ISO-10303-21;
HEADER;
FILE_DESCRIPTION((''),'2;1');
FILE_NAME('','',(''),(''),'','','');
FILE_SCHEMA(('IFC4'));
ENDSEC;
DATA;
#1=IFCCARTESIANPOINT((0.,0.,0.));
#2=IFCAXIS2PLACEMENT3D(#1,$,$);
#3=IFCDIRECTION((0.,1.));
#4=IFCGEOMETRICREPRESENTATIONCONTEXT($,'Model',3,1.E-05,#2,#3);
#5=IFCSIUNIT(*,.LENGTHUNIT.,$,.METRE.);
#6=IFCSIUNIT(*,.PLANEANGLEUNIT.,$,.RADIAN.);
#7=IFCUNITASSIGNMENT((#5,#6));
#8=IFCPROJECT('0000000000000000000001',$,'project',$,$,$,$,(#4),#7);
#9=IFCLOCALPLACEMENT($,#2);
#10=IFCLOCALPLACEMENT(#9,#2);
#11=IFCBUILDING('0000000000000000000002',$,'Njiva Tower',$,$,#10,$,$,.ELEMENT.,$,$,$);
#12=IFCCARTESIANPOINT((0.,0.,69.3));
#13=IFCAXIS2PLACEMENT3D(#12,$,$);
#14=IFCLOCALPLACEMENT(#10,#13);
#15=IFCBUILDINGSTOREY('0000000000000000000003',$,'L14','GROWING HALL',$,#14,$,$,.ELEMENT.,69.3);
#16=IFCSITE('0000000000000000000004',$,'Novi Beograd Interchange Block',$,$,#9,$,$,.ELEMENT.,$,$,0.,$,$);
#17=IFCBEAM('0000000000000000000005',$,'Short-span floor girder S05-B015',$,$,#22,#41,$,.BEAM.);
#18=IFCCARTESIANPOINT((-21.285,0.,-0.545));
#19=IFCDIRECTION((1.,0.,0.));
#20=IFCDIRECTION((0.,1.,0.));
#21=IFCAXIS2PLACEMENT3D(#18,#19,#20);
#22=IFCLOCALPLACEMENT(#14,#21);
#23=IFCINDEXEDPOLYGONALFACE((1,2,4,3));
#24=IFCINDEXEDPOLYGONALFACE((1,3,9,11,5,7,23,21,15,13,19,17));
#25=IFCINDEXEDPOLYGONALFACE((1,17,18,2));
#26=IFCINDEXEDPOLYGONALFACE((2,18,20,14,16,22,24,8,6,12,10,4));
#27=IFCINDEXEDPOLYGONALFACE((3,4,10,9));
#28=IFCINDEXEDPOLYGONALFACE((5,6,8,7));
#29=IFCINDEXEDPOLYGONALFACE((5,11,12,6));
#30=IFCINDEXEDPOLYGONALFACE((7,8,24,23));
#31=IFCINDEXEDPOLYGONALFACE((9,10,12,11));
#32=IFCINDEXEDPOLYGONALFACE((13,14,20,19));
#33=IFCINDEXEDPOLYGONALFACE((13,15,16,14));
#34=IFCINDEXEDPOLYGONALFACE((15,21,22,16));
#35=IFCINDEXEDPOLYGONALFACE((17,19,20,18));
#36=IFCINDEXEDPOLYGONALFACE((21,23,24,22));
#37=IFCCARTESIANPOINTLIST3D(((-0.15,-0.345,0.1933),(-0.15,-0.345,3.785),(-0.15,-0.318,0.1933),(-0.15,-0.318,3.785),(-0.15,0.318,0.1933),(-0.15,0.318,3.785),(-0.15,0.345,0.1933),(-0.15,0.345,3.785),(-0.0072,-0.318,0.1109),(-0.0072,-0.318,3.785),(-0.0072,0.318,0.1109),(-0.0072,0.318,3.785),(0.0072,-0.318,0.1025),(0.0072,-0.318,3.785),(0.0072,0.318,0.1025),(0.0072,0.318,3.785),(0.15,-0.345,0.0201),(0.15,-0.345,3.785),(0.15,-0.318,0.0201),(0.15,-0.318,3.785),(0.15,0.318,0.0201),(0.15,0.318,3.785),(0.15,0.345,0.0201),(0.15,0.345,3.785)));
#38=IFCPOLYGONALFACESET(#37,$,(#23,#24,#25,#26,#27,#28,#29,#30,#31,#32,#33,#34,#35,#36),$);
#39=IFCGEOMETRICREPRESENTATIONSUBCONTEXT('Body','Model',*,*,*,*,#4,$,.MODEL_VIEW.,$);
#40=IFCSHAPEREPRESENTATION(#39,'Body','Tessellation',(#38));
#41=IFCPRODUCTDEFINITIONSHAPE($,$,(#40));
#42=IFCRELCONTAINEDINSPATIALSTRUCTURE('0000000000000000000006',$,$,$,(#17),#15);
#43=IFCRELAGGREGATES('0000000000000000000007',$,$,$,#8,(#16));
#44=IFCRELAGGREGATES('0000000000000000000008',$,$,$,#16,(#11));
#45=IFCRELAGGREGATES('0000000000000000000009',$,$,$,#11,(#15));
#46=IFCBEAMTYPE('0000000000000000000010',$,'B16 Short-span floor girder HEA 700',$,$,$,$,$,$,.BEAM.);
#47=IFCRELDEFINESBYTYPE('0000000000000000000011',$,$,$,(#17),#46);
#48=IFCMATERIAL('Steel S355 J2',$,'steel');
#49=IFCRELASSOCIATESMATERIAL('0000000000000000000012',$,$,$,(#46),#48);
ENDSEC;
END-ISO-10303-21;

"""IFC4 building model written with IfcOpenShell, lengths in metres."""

from ifc_helpers import new_model, si_unit, direction, frame, origin, origin_2d, place, context, subcontext, project, spatial, i_section, extrude, clip, halfspace, material, material_profile, profile_set, type_object, element, save


model = new_model("IFC4")

# Units and contexts
model_context = context("Model", 3, precision=1e-05, world=origin(), true_north=direction((0.0, 1.0)))
body_context = subcontext(model_context, "Body", "Model", "MODEL_VIEW")
ifc_project = project(units=[si_unit("LENGTHUNIT", "METRE"), si_unit("PLANEANGLEUNIT", "RADIAN")], contexts=[model_context])

# Site, building, storey
site_placement = place(None, origin())
site = spatial("IfcSite", under=ifc_project, at=site_placement, Name="Novi Beograd Interchange Block", CompositionType="ELEMENT", RefElevation=0.0)
building_placement = place(site_placement, origin())
building = spatial("IfcBuilding", under=site, at=building_placement, Name="Njiva Tower", CompositionType="ELEMENT")
storey_placement = place(building_placement, frame((0.0, 0.0, 69.3)))
storey = spatial("IfcBuildingStorey", under=building, at=storey_placement, Name="L14", Description="GROWING HALL", CompositionType="ELEMENT", Elevation=69.3)

# Shared definitions
ifc_material_1 = material(Name="Steel S355 J2", Category="steel")

# Beam
ifc_material_profile_1 = material_profile(ifc_material_1, i_section(OverallWidth=0.3, OverallDepth=0.69, WebThickness=0.0145, FlangeThickness=0.027, at=origin_2d()), Name="HEA 700")
ifc_profile_set_1 = profile_set([ifc_material_profile_1], Name="Steel S355 J2")
beam_type_1 = type_object("IfcBeamType", Name="B16 Short-span floor girder HEA 700", PredefinedType="BEAM", material=ifc_profile_set_1)
beam_1_placement = place(storey_placement, frame((-21.285, 0.0, -0.545), z_axis=(1.0, 0.0, 0.0), x_axis=(0.0, 1.0, 0.0)))
element("IfcBeam", 1, at=beam_1_placement, inside=storey, type_object=beam_type_1, Name="Short-span floor girder S05-B015", PredefinedType="BEAM", context=body_context, shape_type="Clipping", body=[
    clip(extrude(i_section(OverallWidth=0.3, OverallDepth=0.69, WebThickness=0.0145, FlangeThickness=0.027, at=origin_2d()), origin(), (0.0, 0.0, 1.0), 3.785), halfspace(frame((-0.025, 0.0, 0.1211), z_axis=(-0.499998, 0.0, -0.866027), x_axis=(0.0, -1.0, 0.0)), False)),
])

save(model, "model.ifc")
